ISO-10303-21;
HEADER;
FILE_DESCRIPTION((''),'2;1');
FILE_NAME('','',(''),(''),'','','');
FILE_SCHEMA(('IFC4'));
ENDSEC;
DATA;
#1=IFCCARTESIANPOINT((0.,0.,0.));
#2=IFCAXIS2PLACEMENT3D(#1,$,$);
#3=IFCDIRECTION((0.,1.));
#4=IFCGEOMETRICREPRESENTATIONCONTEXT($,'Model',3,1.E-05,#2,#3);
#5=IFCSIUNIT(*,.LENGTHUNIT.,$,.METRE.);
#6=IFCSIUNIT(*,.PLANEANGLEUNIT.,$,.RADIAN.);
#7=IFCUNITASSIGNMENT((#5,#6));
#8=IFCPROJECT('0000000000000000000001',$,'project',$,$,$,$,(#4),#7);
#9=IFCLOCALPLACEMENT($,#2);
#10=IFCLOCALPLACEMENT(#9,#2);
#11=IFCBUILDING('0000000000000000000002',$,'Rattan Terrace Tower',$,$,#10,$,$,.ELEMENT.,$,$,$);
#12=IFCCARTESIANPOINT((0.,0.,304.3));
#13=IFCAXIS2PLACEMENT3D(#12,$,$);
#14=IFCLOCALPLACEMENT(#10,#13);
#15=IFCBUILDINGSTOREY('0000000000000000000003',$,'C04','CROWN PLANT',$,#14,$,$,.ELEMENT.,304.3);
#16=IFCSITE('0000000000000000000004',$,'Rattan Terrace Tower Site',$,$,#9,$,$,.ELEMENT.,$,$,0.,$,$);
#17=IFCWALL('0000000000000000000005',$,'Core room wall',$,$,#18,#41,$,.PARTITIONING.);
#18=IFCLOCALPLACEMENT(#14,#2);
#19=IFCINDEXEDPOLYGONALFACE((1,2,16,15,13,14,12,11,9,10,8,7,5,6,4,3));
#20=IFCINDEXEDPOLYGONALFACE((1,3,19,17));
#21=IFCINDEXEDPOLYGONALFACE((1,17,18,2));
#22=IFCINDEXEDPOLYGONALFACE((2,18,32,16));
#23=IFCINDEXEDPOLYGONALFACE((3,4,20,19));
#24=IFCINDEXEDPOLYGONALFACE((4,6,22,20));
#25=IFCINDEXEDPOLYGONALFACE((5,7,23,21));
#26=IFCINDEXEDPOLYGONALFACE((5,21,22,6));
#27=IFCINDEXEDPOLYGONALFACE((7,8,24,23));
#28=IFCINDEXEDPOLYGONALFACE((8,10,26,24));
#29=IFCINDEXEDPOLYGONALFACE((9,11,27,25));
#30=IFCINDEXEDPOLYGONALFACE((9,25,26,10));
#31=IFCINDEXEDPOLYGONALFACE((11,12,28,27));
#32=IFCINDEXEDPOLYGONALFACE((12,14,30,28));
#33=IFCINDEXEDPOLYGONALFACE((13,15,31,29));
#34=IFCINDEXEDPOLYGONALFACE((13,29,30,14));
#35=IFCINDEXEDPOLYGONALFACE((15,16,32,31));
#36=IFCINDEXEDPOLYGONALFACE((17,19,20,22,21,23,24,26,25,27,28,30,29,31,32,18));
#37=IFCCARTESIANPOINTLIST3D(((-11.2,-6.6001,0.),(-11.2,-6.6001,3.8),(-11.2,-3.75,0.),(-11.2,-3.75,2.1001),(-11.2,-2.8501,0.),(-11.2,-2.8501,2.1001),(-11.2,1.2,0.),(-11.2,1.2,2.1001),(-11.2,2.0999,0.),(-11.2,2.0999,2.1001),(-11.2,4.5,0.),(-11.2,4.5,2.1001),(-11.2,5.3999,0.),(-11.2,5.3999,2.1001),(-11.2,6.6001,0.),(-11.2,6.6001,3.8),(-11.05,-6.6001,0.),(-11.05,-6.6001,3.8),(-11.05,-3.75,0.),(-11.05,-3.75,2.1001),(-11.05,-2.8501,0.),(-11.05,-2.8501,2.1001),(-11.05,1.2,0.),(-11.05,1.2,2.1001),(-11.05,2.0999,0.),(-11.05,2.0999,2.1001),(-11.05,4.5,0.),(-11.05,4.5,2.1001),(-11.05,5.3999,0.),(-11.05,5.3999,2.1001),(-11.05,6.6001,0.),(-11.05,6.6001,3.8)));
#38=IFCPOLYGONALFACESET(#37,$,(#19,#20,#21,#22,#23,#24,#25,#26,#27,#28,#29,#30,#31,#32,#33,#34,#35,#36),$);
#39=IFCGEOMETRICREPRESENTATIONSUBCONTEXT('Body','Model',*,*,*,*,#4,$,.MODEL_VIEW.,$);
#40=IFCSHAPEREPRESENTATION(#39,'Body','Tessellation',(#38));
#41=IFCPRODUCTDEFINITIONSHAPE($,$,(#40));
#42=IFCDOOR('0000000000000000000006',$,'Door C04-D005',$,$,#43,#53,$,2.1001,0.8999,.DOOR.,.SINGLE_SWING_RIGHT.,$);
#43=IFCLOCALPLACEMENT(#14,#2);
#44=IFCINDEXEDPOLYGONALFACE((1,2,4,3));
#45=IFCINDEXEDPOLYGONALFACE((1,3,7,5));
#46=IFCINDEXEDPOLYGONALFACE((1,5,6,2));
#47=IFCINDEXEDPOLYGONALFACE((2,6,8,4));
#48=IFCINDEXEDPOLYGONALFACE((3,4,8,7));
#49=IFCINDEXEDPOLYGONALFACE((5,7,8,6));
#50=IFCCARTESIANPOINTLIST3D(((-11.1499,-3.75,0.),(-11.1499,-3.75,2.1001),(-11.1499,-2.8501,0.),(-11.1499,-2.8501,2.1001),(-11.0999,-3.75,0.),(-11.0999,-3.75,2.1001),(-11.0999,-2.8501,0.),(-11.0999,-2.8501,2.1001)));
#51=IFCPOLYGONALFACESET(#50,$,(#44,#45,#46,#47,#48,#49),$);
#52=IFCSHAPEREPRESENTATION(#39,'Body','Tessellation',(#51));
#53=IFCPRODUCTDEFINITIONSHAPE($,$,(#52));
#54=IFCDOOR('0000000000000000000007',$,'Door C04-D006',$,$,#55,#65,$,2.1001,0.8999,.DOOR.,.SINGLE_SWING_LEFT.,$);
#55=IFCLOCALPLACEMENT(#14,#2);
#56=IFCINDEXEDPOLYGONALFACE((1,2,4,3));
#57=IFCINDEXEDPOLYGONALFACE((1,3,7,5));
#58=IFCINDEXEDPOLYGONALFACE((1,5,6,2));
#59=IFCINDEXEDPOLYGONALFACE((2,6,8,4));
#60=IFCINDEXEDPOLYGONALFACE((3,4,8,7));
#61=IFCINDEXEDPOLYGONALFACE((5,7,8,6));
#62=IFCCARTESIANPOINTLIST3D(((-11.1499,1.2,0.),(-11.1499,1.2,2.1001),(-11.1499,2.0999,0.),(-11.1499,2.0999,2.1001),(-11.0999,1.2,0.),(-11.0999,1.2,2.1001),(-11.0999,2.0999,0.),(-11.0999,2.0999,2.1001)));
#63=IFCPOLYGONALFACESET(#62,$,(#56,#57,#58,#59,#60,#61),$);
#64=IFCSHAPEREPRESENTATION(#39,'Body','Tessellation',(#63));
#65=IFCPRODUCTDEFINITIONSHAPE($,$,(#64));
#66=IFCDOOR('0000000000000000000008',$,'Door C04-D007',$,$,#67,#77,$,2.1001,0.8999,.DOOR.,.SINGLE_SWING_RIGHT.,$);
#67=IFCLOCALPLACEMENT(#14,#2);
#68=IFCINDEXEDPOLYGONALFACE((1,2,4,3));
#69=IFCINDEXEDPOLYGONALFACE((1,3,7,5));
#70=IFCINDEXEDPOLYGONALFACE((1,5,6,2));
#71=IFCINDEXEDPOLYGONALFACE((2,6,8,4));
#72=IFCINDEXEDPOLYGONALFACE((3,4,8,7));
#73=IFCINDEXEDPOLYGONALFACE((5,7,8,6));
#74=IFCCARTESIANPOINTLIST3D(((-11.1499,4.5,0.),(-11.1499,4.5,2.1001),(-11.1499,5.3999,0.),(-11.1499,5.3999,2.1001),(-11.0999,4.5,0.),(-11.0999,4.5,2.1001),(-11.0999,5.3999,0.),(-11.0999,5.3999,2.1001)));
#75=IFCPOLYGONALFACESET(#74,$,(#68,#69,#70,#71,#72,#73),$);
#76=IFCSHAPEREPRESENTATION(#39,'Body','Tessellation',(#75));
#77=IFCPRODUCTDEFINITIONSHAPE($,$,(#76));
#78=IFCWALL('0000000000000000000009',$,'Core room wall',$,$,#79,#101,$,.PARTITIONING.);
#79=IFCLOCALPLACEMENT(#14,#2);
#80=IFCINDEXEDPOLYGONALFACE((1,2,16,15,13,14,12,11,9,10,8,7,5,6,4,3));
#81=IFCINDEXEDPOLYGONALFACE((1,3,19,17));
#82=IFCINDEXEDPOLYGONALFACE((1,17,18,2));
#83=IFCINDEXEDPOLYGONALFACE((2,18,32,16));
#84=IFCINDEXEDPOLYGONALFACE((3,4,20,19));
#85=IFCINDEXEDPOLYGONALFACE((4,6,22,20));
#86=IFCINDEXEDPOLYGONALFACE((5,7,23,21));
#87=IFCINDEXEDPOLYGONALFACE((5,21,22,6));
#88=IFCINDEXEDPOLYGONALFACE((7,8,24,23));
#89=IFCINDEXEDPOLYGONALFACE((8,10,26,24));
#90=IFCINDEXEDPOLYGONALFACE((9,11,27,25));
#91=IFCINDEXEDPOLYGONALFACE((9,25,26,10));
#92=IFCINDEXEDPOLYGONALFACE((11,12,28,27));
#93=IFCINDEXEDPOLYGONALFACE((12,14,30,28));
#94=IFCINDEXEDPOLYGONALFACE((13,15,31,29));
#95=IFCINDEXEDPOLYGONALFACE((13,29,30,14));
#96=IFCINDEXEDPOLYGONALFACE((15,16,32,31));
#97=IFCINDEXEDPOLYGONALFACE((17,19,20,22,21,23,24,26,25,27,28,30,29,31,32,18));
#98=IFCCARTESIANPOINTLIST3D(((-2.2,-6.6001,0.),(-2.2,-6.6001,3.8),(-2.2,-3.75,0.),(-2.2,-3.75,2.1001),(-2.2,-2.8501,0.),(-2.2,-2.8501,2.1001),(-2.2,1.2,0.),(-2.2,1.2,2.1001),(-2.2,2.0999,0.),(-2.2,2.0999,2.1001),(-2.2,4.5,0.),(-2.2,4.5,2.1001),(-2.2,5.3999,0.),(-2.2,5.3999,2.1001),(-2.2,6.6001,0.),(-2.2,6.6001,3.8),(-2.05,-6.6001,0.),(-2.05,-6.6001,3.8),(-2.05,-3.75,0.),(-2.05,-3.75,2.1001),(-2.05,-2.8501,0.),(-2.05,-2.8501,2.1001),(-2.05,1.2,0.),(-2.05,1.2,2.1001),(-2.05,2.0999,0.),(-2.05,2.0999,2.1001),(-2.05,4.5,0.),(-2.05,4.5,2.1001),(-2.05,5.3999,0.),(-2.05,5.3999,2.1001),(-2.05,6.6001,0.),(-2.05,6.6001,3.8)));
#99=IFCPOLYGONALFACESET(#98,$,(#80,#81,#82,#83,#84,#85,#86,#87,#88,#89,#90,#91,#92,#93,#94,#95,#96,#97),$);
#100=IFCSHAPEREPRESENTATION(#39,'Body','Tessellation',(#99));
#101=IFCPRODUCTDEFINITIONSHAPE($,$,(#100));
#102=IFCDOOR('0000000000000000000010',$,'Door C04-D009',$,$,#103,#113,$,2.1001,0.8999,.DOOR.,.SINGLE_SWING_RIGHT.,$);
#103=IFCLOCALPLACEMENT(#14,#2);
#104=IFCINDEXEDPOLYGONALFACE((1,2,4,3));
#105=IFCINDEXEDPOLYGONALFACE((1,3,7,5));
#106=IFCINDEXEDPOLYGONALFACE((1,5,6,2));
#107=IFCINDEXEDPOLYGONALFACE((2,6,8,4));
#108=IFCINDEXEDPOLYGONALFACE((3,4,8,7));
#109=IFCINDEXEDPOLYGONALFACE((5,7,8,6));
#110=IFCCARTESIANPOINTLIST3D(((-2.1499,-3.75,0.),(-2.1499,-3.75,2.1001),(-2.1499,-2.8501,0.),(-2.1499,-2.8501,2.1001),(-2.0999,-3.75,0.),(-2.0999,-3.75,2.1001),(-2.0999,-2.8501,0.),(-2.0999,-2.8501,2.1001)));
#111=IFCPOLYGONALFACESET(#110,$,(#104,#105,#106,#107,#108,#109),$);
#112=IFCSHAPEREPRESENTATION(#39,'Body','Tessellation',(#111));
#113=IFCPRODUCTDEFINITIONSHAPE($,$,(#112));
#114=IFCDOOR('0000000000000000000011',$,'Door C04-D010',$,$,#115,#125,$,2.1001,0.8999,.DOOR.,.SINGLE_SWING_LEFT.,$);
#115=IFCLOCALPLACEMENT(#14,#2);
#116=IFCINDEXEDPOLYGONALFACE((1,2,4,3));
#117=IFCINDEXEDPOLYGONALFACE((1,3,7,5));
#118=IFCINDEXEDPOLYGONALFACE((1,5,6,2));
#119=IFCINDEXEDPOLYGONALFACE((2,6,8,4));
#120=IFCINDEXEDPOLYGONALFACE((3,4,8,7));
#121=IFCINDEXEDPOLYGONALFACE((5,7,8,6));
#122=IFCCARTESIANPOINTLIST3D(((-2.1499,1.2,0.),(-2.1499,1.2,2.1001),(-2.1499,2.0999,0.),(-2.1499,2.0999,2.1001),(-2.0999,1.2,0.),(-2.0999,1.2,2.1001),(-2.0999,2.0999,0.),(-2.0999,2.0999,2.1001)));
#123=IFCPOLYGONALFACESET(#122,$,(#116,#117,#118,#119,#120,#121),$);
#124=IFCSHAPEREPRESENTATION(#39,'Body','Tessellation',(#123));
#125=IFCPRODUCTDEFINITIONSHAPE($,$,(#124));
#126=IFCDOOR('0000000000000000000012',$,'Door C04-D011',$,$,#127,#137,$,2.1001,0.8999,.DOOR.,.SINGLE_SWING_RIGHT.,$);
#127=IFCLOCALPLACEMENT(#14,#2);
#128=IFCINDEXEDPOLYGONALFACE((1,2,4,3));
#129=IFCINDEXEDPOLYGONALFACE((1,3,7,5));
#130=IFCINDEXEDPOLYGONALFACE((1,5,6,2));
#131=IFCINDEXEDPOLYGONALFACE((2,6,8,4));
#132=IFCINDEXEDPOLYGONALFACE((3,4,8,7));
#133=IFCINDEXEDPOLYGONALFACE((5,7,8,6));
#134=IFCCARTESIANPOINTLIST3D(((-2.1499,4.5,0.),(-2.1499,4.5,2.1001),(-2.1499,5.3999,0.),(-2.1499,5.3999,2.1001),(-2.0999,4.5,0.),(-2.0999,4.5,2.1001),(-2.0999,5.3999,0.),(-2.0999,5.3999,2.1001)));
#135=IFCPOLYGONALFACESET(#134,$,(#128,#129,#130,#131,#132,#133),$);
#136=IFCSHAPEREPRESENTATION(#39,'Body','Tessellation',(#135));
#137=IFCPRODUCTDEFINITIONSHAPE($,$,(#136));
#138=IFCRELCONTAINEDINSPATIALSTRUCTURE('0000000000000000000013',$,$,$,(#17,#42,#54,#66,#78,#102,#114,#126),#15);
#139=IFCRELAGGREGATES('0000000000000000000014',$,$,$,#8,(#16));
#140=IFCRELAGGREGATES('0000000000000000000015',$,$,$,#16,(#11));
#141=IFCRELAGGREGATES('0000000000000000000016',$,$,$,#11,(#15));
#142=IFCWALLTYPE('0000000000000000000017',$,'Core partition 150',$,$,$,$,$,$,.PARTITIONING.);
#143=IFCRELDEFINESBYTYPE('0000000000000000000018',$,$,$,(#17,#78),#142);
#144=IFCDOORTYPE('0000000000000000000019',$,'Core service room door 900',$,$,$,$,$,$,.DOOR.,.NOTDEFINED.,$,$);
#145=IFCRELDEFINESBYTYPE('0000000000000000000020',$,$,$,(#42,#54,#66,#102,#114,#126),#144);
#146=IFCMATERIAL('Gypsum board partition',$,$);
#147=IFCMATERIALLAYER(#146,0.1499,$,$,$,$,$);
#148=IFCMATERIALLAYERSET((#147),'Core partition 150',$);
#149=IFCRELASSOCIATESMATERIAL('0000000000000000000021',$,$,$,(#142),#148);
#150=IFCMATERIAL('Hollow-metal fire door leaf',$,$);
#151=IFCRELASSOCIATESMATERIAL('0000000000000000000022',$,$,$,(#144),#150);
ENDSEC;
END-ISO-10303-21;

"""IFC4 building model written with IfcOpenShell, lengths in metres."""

from ifc_helpers import new_model, si_unit, direction, frame, frame_2d, origin, place, context, subcontext, project, spatial, rectangle, extrude, material, layer, layer_set, type_object, element, fill, save


model = new_model("IFC4")

# Units and contexts
model_context = context("Model", 3, precision=1e-05, world=origin(), true_north=direction((0.0, 1.0)))
body_context = subcontext(model_context, "Body", "Model", "MODEL_VIEW")
ifc_project = project(units=[si_unit("LENGTHUNIT", "METRE"), si_unit("PLANEANGLEUNIT", "RADIAN")], contexts=[model_context])

# Site, building, storey
site_placement = place(None, origin())
site = spatial("IfcSite", under=ifc_project, at=site_placement, Name="Rattan Terrace Tower Site", CompositionType="ELEMENT", RefElevation=0.0)
building_placement = place(site_placement, origin())
building = spatial("IfcBuilding", under=site, at=building_placement, Name="Rattan Terrace Tower", CompositionType="ELEMENT")
storey_placement = place(building_placement, frame((0.0, 0.0, 304.3)))
storey = spatial("IfcBuildingStorey", under=building, at=storey_placement, Name="C04", Description="CROWN PLANT", CompositionType="ELEMENT", Elevation=304.3)

# Walls, openings, doors
ifc_material_1 = material(Name="Gypsum board partition")
ifc_layer_1 = layer(ifc_material_1, 0.1499)
ifc_layer_set_1 = layer_set([ifc_layer_1], Name="Core partition 150")
wall_type_1 = type_object("IfcWallType", Name="Core partition 150", PredefinedType="PARTITIONING", material=ifc_layer_set_1)
wall_1_placement = place(storey_placement, frame((-11.125, -6.6001, 0.0), z_axis=(0.0, 0.0, 1.0), x_axis=(0.0, 1.0, 0.0)))
wall_1 = element("IfcWall", 1, at=wall_1_placement, inside=storey, type_object=wall_type_1, Name="Core room wall", PredefinedType="PARTITIONING", context=body_context, shape_type="SweptSolid", body=[
    extrude(rectangle(XDim=13.2002, YDim=0.1499, at=frame_2d((6.6001, 0.0))), origin(), (0.0, 0.0, 1.0), 3.8),
])
opening_1_placement = place(wall_1_placement, frame((2.8501, 0.0, 0.0)))
opening_1 = element("IfcOpeningElement", 2, at=opening_1_placement, cuts=wall_1, PredefinedType="OPENING", context=body_context, shape_type="SweptSolid", body=[
    extrude(rectangle(XDim=0.8999, YDim=2.1001, at=frame_2d((0.45, 1.05))), frame((0.0, 0.0854, 0.0), z_axis=(0.0, -1.0, 0.0), x_axis=(1.0, 0.0, 0.0)), (0.0, 0.0, 1.0), 0.1709),
])
opening_2_placement = place(wall_1_placement, frame((7.8, 0.0, 0.0)))
opening_2 = element("IfcOpeningElement", 3, at=opening_2_placement, cuts=wall_1, PredefinedType="OPENING", context=body_context, shape_type="SweptSolid", body=[
    extrude(rectangle(XDim=0.8999, YDim=2.1001, at=frame_2d((0.45, 1.05))), frame((0.0, 0.0854, 0.0), z_axis=(0.0, -1.0, 0.0), x_axis=(1.0, 0.0, 0.0)), (0.0, 0.0, 1.0), 0.1709),
])
opening_3_placement = place(wall_1_placement, frame((11.1001, 0.0, 0.0)))
opening_3 = element("IfcOpeningElement", 4, at=opening_3_placement, cuts=wall_1, PredefinedType="OPENING", context=body_context, shape_type="SweptSolid", body=[
    extrude(rectangle(XDim=0.8999, YDim=2.1001, at=frame_2d((0.45, 1.05))), frame((0.0, 0.0854, 0.0), z_axis=(0.0, -1.0, 0.0), x_axis=(1.0, 0.0, 0.0)), (0.0, 0.0, 1.0), 0.1709),
])
ifc_material_2 = material(Name="Hollow-metal fire door leaf")
door_type_1 = type_object("IfcDoorType", Name="Core service room door 900", OperationType="NOTDEFINED", PredefinedType="DOOR", material=ifc_material_2)
door_1_placement = place(opening_1_placement, origin())
door_1 = element("IfcDoor", 5, at=door_1_placement, inside=storey, type_object=door_type_1, Name="Door C04-D005", OperationType="SINGLE_SWING_RIGHT", OverallHeight=2.1001, OverallWidth=0.8999, PredefinedType="DOOR", context=body_context, shape_type="SweptSolid", body=[
    extrude(rectangle(XDim=0.8999, YDim=2.1001, at=frame_2d((0.45, 1.05))), frame((0.0, 0.0249, 0.0), z_axis=(0.0, -1.0, 0.0), x_axis=(1.0, 0.0, 0.0)), (0.0, 0.0, 1.0), 0.05),
])
fill(opening_1, door_1)
door_2_placement = place(opening_2_placement, origin())
door_2 = element("IfcDoor", 6, at=door_2_placement, inside=storey, type_object=door_type_1, Name="Door C04-D006", OperationType="SINGLE_SWING_LEFT", OverallHeight=2.1001, OverallWidth=0.8999, PredefinedType="DOOR", context=body_context, shape_type="SweptSolid", body=[
    extrude(rectangle(XDim=0.8999, YDim=2.1001, at=frame_2d((0.45, 1.05))), frame((0.0, 0.0249, 0.0), z_axis=(0.0, -1.0, 0.0), x_axis=(1.0, 0.0, 0.0)), (0.0, 0.0, 1.0), 0.05),
])
fill(opening_2, door_2)
door_3_placement = place(opening_3_placement, origin())
door_3 = element("IfcDoor", 7, at=door_3_placement, inside=storey, type_object=door_type_1, Name="Door C04-D007", OperationType="SINGLE_SWING_RIGHT", OverallHeight=2.1001, OverallWidth=0.8999, PredefinedType="DOOR", context=body_context, shape_type="SweptSolid", body=[
    extrude(rectangle(XDim=0.8999, YDim=2.1001, at=frame_2d((0.45, 1.05))), frame((0.0, 0.0249, 0.0), z_axis=(0.0, -1.0, 0.0), x_axis=(1.0, 0.0, 0.0)), (0.0, 0.0, 1.0), 0.05),
])
fill(opening_3, door_3)
wall_2_placement = place(storey_placement, frame((-2.125, -6.6001, 0.0), z_axis=(0.0, 0.0, 1.0), x_axis=(0.0, 1.0, 0.0)))
wall_2 = element("IfcWall", 8, at=wall_2_placement, inside=storey, type_object=wall_type_1, Name="Core room wall", PredefinedType="PARTITIONING", context=body_context, shape_type="SweptSolid", body=[
    extrude(rectangle(XDim=13.2002, YDim=0.1499, at=frame_2d((6.6001, 0.0))), origin(), (0.0, 0.0, 1.0), 3.8),
])
opening_4_placement = place(wall_2_placement, frame((2.8501, 0.0, 0.0)))
opening_4 = element("IfcOpeningElement", 9, at=opening_4_placement, cuts=wall_2, PredefinedType="OPENING", context=body_context, shape_type="SweptSolid", body=[
    extrude(rectangle(XDim=0.8999, YDim=2.1001, at=frame_2d((0.45, 1.05))), frame((0.0, 0.0854, 0.0), z_axis=(0.0, -1.0, 0.0), x_axis=(1.0, 0.0, 0.0)), (0.0, 0.0, 1.0), 0.1709),
])
opening_5_placement = place(wall_2_placement, frame((7.8, 0.0, 0.0)))
opening_5 = element("IfcOpeningElement", 10, at=opening_5_placement, cuts=wall_2, PredefinedType="OPENING", context=body_context, shape_type="SweptSolid", body=[
    extrude(rectangle(XDim=0.8999, YDim=2.1001, at=frame_2d((0.45, 1.05))), frame((0.0, 0.0854, 0.0), z_axis=(0.0, -1.0, 0.0), x_axis=(1.0, 0.0, 0.0)), (0.0, 0.0, 1.0), 0.1709),
])
opening_6_placement = place(wall_2_placement, frame((11.1001, 0.0, 0.0)))
opening_6 = element("IfcOpeningElement", 11, at=opening_6_placement, cuts=wall_2, PredefinedType="OPENING", context=body_context, shape_type="SweptSolid", body=[
    extrude(rectangle(XDim=0.8999, YDim=2.1001, at=frame_2d((0.45, 1.05))), frame((0.0, 0.0854, 0.0), z_axis=(0.0, -1.0, 0.0), x_axis=(1.0, 0.0, 0.0)), (0.0, 0.0, 1.0), 0.1709),
])
door_4_placement = place(opening_4_placement, origin())
door_4 = element("IfcDoor", 12, at=door_4_placement, inside=storey, type_object=door_type_1, Name="Door C04-D009", OperationType="SINGLE_SWING_RIGHT", OverallHeight=2.1001, OverallWidth=0.8999, PredefinedType="DOOR", context=body_context, shape_type="SweptSolid", body=[
    extrude(rectangle(XDim=0.8999, YDim=2.1001, at=frame_2d((0.45, 1.05))), frame((0.0, 0.0249, 0.0), z_axis=(0.0, -1.0, 0.0), x_axis=(1.0, 0.0, 0.0)), (0.0, 0.0, 1.0), 0.05),
])
fill(opening_4, door_4)
door_5_placement = place(opening_5_placement, origin())
door_5 = element("IfcDoor", 13, at=door_5_placement, inside=storey, type_object=door_type_1, Name="Door C04-D010", OperationType="SINGLE_SWING_LEFT", OverallHeight=2.1001, OverallWidth=0.8999, PredefinedType="DOOR", context=body_context, shape_type="SweptSolid", body=[
    extrude(rectangle(XDim=0.8999, YDim=2.1001, at=frame_2d((0.45, 1.05))), frame((0.0, 0.0249, 0.0), z_axis=(0.0, -1.0, 0.0), x_axis=(1.0, 0.0, 0.0)), (0.0, 0.0, 1.0), 0.05),
])
fill(opening_5, door_5)
door_6_placement = place(opening_6_placement, origin())
door_6 = element("IfcDoor", 14, at=door_6_placement, inside=storey, type_object=door_type_1, Name="Door C04-D011", OperationType="SINGLE_SWING_RIGHT", OverallHeight=2.1001, OverallWidth=0.8999, PredefinedType="DOOR", context=body_context, shape_type="SweptSolid", body=[
    extrude(rectangle(XDim=0.8999, YDim=2.1001, at=frame_2d((0.45, 1.05))), frame((0.0, 0.0249, 0.0), z_axis=(0.0, -1.0, 0.0), x_axis=(1.0, 0.0, 0.0)), (0.0, 0.0, 1.0), 0.05),
])
fill(opening_6, door_6)

save(model, "model.ifc")
